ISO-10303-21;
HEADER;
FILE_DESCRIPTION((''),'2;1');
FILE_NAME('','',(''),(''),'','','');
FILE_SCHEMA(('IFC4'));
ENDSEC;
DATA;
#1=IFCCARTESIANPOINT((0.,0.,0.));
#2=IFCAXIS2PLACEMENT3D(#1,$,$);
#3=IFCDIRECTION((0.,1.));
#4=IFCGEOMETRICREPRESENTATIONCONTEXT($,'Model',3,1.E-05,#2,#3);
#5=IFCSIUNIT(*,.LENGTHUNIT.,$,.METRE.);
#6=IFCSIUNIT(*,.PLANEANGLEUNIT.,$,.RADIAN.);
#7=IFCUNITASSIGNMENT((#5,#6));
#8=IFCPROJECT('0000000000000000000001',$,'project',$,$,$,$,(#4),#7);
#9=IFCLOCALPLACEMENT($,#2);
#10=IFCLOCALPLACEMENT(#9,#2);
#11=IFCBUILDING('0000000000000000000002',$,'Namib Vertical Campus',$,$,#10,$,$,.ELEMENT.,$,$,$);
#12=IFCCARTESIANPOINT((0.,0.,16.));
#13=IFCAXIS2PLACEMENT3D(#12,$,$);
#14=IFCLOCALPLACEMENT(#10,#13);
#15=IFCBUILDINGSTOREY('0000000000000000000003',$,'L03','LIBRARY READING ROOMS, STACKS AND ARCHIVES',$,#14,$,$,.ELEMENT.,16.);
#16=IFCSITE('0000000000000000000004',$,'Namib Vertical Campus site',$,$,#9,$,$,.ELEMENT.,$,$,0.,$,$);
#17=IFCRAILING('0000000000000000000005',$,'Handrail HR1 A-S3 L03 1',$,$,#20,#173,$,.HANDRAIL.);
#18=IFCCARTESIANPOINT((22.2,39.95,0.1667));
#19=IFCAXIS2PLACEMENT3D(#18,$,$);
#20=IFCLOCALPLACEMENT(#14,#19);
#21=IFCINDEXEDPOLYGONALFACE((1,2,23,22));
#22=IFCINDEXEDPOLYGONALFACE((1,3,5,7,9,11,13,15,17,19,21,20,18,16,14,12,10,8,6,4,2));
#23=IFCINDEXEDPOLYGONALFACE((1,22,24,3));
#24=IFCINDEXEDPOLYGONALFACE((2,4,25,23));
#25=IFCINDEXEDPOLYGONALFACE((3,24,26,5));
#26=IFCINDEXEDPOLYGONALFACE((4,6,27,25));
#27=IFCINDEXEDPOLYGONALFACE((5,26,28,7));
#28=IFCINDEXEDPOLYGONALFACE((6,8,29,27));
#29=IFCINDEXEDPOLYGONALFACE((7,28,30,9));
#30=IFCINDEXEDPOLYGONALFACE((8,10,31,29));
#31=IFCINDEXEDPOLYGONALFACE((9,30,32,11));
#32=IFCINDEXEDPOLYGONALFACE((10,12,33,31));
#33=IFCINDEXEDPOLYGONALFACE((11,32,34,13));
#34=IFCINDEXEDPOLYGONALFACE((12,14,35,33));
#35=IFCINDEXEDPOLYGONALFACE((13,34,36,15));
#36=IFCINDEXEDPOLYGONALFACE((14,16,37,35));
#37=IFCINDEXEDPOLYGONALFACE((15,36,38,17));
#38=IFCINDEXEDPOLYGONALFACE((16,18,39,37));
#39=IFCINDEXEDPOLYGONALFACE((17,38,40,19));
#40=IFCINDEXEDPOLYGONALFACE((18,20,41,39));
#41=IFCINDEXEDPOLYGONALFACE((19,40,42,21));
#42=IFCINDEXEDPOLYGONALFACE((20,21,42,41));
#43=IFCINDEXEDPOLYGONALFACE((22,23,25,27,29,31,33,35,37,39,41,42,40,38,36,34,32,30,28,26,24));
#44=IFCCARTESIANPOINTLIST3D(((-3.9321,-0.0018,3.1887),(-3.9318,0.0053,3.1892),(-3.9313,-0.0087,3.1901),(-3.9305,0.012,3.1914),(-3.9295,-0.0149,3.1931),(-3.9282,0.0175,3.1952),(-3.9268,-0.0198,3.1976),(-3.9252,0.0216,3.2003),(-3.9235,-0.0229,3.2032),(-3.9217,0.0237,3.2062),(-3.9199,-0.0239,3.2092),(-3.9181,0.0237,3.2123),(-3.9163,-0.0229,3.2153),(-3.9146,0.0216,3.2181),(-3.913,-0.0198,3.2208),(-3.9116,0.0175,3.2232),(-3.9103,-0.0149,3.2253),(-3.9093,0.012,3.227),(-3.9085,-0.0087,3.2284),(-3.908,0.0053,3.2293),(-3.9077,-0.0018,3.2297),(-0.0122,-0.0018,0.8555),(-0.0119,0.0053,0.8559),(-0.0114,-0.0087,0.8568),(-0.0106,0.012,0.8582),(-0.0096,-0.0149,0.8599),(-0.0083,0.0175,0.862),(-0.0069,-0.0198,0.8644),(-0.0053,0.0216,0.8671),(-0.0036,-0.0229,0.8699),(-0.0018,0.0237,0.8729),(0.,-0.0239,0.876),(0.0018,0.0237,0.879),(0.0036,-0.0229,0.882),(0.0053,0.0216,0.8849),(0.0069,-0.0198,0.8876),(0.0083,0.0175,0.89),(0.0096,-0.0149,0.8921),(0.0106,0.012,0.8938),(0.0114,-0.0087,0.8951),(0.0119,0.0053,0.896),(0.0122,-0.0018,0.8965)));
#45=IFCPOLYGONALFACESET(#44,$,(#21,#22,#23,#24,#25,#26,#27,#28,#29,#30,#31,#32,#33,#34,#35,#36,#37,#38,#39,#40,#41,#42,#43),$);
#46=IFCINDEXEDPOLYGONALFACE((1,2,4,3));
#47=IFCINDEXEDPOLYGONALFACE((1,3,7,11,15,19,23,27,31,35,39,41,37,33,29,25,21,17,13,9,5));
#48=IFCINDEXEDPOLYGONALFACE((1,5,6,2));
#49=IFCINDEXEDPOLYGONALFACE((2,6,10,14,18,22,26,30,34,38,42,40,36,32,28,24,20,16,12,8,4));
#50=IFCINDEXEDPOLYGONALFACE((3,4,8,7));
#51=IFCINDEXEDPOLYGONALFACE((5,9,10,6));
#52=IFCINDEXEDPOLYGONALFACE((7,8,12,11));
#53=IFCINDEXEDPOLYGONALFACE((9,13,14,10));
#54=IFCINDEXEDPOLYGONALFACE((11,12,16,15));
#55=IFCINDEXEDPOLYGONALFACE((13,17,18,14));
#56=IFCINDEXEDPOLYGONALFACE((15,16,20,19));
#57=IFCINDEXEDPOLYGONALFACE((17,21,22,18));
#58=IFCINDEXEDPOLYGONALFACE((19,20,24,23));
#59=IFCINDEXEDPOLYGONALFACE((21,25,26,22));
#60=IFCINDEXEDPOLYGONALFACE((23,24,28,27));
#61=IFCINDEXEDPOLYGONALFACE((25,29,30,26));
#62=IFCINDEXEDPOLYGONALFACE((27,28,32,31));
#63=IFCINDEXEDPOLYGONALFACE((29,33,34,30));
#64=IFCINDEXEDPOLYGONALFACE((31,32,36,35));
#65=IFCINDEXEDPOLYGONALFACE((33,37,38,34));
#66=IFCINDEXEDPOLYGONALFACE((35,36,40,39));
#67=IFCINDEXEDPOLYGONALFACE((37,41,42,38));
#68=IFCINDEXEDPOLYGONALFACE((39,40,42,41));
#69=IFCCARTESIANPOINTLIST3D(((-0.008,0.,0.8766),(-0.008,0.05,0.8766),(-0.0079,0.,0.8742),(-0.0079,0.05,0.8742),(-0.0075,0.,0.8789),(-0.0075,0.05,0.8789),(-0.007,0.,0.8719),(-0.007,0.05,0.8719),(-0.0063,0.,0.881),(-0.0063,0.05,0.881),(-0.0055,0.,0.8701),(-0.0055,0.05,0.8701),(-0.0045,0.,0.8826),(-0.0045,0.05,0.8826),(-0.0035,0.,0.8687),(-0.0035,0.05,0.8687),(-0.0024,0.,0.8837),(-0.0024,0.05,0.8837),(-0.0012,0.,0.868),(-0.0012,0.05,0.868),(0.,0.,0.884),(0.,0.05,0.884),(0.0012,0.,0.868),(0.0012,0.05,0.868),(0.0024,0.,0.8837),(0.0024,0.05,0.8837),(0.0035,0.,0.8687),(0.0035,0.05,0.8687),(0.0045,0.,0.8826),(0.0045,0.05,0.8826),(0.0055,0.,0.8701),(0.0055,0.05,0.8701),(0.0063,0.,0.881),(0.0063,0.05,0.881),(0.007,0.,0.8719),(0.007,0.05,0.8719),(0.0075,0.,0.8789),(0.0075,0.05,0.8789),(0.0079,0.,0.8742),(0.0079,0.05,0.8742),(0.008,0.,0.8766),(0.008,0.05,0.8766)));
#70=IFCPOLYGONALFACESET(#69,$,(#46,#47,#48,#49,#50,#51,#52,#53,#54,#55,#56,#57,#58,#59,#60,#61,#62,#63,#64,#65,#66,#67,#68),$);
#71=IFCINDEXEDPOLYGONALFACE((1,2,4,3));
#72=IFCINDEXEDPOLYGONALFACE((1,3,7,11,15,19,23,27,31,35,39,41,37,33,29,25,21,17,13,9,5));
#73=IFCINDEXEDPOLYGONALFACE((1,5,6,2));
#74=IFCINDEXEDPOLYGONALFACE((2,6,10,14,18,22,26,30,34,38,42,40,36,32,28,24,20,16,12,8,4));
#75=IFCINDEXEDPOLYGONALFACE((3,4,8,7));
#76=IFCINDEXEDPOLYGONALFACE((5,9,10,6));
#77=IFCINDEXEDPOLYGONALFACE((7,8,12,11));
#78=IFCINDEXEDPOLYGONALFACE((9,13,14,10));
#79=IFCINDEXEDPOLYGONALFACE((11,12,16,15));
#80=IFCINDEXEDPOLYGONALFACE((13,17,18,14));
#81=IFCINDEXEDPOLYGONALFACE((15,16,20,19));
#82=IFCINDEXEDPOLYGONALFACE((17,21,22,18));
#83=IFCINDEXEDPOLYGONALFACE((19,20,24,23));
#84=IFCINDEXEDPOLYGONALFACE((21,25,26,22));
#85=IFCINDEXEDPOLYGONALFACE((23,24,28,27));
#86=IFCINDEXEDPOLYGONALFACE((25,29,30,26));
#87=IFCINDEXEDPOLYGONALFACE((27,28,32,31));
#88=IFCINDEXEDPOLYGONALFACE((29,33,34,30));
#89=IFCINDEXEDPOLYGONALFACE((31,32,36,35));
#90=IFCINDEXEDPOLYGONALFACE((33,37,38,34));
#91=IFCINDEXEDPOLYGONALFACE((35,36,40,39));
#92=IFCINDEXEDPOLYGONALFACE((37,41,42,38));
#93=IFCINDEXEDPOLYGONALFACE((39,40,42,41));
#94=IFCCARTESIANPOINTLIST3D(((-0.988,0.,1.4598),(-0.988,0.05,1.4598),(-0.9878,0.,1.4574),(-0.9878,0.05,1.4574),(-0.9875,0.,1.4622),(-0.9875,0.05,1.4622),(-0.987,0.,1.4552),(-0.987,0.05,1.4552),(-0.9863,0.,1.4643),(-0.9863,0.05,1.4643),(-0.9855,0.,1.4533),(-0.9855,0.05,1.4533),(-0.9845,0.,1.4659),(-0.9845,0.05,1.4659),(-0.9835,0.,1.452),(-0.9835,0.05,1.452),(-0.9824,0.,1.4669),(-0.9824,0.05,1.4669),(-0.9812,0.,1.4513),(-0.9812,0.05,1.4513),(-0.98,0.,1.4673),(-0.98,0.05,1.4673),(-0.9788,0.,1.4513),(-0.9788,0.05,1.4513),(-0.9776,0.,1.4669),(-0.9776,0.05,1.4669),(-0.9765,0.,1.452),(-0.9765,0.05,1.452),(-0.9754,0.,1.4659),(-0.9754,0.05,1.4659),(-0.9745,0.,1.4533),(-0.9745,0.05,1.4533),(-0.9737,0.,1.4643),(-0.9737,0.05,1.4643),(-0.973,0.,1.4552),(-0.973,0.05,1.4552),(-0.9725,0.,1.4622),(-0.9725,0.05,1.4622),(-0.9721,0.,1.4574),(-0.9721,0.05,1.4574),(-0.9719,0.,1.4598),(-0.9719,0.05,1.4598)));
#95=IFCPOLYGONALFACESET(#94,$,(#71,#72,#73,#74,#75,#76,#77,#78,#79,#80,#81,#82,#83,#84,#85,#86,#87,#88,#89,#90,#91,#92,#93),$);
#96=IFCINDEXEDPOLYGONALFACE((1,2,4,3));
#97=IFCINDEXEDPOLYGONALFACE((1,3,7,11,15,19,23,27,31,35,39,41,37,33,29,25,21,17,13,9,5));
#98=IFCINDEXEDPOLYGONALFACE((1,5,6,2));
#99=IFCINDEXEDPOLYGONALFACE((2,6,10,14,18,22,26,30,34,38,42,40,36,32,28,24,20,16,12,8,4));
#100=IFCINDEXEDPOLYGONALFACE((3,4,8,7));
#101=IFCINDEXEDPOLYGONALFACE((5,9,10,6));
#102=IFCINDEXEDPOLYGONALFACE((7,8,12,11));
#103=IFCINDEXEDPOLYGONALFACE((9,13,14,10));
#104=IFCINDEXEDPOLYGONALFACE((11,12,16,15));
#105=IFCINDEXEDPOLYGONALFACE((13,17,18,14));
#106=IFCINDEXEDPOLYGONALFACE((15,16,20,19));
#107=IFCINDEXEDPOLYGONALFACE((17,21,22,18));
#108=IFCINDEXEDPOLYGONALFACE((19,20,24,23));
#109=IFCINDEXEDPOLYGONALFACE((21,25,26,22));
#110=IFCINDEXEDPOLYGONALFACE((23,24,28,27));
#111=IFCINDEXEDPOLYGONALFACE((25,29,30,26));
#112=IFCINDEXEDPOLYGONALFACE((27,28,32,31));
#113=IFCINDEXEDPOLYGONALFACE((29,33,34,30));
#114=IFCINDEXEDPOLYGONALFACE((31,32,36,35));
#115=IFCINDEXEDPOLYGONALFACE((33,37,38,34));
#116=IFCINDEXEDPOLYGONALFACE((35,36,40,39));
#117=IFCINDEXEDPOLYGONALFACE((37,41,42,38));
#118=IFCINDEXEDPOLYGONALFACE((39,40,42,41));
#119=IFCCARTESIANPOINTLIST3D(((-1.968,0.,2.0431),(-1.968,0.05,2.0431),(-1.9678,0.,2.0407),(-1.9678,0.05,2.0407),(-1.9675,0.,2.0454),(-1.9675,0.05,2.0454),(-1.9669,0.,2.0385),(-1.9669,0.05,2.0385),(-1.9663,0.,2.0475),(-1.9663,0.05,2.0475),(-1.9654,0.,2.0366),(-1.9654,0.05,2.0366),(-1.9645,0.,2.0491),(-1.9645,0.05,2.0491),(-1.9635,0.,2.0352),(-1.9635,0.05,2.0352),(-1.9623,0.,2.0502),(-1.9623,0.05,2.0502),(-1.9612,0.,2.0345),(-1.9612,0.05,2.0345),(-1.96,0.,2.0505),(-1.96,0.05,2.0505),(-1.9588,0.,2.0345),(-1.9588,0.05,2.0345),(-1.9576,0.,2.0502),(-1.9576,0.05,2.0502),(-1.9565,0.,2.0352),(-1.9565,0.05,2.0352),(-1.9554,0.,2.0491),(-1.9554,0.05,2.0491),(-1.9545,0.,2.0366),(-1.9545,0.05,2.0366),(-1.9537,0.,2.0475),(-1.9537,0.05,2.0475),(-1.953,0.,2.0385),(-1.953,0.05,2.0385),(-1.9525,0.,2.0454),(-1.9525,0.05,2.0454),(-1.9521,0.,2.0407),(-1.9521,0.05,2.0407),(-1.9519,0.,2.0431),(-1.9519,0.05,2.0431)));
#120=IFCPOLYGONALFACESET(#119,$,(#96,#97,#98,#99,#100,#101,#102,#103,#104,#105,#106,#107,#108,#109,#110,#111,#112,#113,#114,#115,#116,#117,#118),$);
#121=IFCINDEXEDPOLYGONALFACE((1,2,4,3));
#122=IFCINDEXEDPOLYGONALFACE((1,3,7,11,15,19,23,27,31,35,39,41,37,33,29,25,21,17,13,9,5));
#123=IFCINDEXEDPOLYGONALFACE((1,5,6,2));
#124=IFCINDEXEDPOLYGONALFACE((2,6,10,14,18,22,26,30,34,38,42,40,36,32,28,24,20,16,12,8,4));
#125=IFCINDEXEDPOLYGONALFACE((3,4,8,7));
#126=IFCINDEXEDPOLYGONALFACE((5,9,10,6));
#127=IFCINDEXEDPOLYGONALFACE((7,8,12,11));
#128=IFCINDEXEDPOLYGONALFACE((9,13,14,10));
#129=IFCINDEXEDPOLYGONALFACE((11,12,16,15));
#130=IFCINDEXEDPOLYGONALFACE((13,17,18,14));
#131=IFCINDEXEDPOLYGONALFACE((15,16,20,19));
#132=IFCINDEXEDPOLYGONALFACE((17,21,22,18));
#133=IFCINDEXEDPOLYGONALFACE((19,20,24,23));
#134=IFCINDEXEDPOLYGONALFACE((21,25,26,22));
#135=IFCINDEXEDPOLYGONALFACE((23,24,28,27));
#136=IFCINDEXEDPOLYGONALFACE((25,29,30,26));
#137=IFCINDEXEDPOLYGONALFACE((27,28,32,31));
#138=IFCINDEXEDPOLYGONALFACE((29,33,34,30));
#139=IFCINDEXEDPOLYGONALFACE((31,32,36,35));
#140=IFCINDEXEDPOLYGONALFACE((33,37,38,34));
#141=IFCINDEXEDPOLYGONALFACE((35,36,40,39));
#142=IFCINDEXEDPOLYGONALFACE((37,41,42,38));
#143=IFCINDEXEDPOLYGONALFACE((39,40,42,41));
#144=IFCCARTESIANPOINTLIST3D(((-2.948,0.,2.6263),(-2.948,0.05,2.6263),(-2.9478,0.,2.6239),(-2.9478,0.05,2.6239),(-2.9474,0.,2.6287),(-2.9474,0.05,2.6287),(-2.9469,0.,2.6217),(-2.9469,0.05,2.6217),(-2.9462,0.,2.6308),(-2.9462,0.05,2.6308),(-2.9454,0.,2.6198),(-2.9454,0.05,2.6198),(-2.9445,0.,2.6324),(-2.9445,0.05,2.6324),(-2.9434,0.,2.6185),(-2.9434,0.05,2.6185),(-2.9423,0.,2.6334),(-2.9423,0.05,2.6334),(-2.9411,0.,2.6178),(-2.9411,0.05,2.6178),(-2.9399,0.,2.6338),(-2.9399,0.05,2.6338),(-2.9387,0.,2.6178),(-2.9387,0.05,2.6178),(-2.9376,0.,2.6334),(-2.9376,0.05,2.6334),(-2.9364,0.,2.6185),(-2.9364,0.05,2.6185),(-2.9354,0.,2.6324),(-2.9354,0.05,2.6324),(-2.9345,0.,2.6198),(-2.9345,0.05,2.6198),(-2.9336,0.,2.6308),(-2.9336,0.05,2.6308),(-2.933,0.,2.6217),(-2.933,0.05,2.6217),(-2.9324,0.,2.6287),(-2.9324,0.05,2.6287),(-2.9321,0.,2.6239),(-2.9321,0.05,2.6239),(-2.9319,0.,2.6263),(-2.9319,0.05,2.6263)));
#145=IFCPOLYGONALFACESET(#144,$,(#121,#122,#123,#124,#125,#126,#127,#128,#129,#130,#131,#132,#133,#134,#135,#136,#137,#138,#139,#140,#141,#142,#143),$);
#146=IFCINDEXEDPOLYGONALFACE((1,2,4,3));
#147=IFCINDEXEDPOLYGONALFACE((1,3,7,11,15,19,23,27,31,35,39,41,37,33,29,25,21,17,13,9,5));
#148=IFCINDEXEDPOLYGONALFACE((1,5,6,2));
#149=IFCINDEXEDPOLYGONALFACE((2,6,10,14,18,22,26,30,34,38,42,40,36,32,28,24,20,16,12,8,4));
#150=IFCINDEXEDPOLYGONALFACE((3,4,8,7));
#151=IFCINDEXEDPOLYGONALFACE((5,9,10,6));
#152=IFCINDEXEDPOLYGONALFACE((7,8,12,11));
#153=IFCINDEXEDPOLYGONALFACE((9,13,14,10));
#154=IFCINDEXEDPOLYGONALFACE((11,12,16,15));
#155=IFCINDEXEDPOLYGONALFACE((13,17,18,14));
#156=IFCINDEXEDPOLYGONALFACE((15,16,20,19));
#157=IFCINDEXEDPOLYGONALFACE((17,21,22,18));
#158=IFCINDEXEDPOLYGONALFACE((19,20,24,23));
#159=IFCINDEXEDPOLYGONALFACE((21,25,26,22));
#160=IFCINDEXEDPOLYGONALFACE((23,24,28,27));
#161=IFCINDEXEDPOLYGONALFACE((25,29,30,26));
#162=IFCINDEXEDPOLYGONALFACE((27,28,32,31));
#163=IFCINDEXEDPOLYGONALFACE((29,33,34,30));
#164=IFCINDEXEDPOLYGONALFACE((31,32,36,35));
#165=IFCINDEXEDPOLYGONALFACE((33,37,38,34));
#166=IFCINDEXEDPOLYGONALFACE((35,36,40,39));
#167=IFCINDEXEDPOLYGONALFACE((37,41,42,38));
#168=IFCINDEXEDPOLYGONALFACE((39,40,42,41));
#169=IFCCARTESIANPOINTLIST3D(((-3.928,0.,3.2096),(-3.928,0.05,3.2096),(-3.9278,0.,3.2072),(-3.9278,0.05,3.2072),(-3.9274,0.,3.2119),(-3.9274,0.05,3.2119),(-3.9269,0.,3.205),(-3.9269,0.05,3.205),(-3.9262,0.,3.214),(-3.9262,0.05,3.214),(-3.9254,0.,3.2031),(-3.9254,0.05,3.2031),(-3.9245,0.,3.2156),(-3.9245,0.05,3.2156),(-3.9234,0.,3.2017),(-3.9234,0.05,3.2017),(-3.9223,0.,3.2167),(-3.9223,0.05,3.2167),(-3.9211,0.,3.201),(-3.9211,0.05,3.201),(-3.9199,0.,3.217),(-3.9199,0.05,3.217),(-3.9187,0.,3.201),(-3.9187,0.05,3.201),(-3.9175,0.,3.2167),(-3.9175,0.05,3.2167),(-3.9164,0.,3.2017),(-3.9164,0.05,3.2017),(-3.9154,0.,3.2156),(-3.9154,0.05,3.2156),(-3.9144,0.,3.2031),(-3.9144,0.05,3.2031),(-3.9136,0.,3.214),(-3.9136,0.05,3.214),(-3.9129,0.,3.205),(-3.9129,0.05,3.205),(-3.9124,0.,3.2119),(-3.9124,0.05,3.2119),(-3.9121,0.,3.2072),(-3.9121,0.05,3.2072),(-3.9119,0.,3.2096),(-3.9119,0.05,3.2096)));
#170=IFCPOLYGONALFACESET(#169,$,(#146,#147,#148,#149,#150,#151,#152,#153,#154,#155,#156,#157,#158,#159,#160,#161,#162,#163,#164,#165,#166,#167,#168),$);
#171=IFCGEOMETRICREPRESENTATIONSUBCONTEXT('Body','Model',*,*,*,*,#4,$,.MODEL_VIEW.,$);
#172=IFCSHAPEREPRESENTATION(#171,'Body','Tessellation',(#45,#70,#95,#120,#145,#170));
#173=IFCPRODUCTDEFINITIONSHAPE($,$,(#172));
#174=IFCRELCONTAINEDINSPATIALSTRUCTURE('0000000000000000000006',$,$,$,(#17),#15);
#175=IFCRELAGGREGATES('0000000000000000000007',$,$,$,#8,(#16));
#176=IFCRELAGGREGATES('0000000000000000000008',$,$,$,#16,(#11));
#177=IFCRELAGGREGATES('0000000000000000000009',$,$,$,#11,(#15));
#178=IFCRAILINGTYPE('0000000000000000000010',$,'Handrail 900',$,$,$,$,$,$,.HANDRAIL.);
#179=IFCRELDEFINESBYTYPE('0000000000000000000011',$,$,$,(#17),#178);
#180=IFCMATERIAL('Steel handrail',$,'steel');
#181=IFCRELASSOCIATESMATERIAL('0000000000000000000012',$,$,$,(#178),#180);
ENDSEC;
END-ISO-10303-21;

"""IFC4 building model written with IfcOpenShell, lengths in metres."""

from ifc_helpers import new_model, si_unit, direction, frame, origin, origin_2d, place, context, subcontext, project, spatial, circle, extrude, material, type_object, element, save


model = new_model("IFC4")

# Units and contexts
model_context = context("Model", 3, precision=1e-05, world=origin(), true_north=direction((0.0, 1.0)))
body_context = subcontext(model_context, "Body", "Model", "MODEL_VIEW")
ifc_project = project(units=[si_unit("LENGTHUNIT", "METRE"), si_unit("PLANEANGLEUNIT", "RADIAN")], contexts=[model_context])

# Site, building, storey
site_placement = place(None, origin())
site = spatial("IfcSite", under=ifc_project, at=site_placement, Name="Namib Vertical Campus site", CompositionType="ELEMENT", RefElevation=0.0)
building_placement = place(site_placement, origin())
building = spatial("IfcBuilding", under=site, at=building_placement, Name="Namib Vertical Campus", CompositionType="ELEMENT")
storey_placement = place(building_placement, frame((0.0, 0.0, 16.0)))
storey = spatial("IfcBuildingStorey", under=building, at=storey_placement, Name="L03", Description="LIBRARY READING ROOMS, STACKS AND ARCHIVES", CompositionType="ELEMENT", Elevation=16.0)

# Railing
ifc_material_1 = material(Name="Steel handrail", Category="steel")
railing_type_1 = type_object("IfcRailingType", Name="Handrail 900", PredefinedType="HANDRAIL", material=ifc_material_1)
railing_1_placement = place(storey_placement, frame((22.2, 39.95, 0.1667)))
element("IfcRailing", 1, at=railing_1_placement, inside=storey, type_object=railing_type_1, Name="Handrail HR1 A-S3 L03 1", PredefinedType="HANDRAIL", context=body_context, shape_type="SweptSolid", body=[
    extrude(circle(Radius=0.0239, at=origin_2d()), frame((0.0, 0.0, 0.876), z_axis=(-0.859296, 0.0, 0.511478), x_axis=(0.0, -1.0, 0.0)), (0.0, 0.0, 1.0), 4.5618),
    extrude(circle(Radius=0.0081, at=origin_2d()), frame((0.0, 0.0, 0.876), z_axis=(0.0, 1.0, 0.0), x_axis=(0.0, 0.0, 1.0)), (0.0, 0.0, 1.0), 0.05),
    extrude(circle(Radius=0.0081, at=origin_2d()), frame((-0.98, 0.0, 1.4592), z_axis=(0.0, 1.0, 0.0), x_axis=(0.0, 0.0, 1.0)), (0.0, 0.0, 1.0), 0.05),
    extrude(circle(Radius=0.0081, at=origin_2d()), frame((-1.96, 0.0, 2.0425), z_axis=(0.0, 1.0, 0.0), x_axis=(0.0, 0.0, 1.0)), (0.0, 0.0, 1.0), 0.05),
    extrude(circle(Radius=0.0081, at=origin_2d()), frame((-2.9399, 0.0, 2.6257), z_axis=(0.0, 1.0, 0.0), x_axis=(0.0, 0.0, 1.0)), (0.0, 0.0, 1.0), 0.05),
    extrude(circle(Radius=0.0081, at=origin_2d()), frame((-3.9199, 0.0, 3.209), z_axis=(0.0, 1.0, 0.0), x_axis=(0.0, 0.0, 1.0)), (0.0, 0.0, 1.0), 0.05),
])

save(model, "model.ifc")
